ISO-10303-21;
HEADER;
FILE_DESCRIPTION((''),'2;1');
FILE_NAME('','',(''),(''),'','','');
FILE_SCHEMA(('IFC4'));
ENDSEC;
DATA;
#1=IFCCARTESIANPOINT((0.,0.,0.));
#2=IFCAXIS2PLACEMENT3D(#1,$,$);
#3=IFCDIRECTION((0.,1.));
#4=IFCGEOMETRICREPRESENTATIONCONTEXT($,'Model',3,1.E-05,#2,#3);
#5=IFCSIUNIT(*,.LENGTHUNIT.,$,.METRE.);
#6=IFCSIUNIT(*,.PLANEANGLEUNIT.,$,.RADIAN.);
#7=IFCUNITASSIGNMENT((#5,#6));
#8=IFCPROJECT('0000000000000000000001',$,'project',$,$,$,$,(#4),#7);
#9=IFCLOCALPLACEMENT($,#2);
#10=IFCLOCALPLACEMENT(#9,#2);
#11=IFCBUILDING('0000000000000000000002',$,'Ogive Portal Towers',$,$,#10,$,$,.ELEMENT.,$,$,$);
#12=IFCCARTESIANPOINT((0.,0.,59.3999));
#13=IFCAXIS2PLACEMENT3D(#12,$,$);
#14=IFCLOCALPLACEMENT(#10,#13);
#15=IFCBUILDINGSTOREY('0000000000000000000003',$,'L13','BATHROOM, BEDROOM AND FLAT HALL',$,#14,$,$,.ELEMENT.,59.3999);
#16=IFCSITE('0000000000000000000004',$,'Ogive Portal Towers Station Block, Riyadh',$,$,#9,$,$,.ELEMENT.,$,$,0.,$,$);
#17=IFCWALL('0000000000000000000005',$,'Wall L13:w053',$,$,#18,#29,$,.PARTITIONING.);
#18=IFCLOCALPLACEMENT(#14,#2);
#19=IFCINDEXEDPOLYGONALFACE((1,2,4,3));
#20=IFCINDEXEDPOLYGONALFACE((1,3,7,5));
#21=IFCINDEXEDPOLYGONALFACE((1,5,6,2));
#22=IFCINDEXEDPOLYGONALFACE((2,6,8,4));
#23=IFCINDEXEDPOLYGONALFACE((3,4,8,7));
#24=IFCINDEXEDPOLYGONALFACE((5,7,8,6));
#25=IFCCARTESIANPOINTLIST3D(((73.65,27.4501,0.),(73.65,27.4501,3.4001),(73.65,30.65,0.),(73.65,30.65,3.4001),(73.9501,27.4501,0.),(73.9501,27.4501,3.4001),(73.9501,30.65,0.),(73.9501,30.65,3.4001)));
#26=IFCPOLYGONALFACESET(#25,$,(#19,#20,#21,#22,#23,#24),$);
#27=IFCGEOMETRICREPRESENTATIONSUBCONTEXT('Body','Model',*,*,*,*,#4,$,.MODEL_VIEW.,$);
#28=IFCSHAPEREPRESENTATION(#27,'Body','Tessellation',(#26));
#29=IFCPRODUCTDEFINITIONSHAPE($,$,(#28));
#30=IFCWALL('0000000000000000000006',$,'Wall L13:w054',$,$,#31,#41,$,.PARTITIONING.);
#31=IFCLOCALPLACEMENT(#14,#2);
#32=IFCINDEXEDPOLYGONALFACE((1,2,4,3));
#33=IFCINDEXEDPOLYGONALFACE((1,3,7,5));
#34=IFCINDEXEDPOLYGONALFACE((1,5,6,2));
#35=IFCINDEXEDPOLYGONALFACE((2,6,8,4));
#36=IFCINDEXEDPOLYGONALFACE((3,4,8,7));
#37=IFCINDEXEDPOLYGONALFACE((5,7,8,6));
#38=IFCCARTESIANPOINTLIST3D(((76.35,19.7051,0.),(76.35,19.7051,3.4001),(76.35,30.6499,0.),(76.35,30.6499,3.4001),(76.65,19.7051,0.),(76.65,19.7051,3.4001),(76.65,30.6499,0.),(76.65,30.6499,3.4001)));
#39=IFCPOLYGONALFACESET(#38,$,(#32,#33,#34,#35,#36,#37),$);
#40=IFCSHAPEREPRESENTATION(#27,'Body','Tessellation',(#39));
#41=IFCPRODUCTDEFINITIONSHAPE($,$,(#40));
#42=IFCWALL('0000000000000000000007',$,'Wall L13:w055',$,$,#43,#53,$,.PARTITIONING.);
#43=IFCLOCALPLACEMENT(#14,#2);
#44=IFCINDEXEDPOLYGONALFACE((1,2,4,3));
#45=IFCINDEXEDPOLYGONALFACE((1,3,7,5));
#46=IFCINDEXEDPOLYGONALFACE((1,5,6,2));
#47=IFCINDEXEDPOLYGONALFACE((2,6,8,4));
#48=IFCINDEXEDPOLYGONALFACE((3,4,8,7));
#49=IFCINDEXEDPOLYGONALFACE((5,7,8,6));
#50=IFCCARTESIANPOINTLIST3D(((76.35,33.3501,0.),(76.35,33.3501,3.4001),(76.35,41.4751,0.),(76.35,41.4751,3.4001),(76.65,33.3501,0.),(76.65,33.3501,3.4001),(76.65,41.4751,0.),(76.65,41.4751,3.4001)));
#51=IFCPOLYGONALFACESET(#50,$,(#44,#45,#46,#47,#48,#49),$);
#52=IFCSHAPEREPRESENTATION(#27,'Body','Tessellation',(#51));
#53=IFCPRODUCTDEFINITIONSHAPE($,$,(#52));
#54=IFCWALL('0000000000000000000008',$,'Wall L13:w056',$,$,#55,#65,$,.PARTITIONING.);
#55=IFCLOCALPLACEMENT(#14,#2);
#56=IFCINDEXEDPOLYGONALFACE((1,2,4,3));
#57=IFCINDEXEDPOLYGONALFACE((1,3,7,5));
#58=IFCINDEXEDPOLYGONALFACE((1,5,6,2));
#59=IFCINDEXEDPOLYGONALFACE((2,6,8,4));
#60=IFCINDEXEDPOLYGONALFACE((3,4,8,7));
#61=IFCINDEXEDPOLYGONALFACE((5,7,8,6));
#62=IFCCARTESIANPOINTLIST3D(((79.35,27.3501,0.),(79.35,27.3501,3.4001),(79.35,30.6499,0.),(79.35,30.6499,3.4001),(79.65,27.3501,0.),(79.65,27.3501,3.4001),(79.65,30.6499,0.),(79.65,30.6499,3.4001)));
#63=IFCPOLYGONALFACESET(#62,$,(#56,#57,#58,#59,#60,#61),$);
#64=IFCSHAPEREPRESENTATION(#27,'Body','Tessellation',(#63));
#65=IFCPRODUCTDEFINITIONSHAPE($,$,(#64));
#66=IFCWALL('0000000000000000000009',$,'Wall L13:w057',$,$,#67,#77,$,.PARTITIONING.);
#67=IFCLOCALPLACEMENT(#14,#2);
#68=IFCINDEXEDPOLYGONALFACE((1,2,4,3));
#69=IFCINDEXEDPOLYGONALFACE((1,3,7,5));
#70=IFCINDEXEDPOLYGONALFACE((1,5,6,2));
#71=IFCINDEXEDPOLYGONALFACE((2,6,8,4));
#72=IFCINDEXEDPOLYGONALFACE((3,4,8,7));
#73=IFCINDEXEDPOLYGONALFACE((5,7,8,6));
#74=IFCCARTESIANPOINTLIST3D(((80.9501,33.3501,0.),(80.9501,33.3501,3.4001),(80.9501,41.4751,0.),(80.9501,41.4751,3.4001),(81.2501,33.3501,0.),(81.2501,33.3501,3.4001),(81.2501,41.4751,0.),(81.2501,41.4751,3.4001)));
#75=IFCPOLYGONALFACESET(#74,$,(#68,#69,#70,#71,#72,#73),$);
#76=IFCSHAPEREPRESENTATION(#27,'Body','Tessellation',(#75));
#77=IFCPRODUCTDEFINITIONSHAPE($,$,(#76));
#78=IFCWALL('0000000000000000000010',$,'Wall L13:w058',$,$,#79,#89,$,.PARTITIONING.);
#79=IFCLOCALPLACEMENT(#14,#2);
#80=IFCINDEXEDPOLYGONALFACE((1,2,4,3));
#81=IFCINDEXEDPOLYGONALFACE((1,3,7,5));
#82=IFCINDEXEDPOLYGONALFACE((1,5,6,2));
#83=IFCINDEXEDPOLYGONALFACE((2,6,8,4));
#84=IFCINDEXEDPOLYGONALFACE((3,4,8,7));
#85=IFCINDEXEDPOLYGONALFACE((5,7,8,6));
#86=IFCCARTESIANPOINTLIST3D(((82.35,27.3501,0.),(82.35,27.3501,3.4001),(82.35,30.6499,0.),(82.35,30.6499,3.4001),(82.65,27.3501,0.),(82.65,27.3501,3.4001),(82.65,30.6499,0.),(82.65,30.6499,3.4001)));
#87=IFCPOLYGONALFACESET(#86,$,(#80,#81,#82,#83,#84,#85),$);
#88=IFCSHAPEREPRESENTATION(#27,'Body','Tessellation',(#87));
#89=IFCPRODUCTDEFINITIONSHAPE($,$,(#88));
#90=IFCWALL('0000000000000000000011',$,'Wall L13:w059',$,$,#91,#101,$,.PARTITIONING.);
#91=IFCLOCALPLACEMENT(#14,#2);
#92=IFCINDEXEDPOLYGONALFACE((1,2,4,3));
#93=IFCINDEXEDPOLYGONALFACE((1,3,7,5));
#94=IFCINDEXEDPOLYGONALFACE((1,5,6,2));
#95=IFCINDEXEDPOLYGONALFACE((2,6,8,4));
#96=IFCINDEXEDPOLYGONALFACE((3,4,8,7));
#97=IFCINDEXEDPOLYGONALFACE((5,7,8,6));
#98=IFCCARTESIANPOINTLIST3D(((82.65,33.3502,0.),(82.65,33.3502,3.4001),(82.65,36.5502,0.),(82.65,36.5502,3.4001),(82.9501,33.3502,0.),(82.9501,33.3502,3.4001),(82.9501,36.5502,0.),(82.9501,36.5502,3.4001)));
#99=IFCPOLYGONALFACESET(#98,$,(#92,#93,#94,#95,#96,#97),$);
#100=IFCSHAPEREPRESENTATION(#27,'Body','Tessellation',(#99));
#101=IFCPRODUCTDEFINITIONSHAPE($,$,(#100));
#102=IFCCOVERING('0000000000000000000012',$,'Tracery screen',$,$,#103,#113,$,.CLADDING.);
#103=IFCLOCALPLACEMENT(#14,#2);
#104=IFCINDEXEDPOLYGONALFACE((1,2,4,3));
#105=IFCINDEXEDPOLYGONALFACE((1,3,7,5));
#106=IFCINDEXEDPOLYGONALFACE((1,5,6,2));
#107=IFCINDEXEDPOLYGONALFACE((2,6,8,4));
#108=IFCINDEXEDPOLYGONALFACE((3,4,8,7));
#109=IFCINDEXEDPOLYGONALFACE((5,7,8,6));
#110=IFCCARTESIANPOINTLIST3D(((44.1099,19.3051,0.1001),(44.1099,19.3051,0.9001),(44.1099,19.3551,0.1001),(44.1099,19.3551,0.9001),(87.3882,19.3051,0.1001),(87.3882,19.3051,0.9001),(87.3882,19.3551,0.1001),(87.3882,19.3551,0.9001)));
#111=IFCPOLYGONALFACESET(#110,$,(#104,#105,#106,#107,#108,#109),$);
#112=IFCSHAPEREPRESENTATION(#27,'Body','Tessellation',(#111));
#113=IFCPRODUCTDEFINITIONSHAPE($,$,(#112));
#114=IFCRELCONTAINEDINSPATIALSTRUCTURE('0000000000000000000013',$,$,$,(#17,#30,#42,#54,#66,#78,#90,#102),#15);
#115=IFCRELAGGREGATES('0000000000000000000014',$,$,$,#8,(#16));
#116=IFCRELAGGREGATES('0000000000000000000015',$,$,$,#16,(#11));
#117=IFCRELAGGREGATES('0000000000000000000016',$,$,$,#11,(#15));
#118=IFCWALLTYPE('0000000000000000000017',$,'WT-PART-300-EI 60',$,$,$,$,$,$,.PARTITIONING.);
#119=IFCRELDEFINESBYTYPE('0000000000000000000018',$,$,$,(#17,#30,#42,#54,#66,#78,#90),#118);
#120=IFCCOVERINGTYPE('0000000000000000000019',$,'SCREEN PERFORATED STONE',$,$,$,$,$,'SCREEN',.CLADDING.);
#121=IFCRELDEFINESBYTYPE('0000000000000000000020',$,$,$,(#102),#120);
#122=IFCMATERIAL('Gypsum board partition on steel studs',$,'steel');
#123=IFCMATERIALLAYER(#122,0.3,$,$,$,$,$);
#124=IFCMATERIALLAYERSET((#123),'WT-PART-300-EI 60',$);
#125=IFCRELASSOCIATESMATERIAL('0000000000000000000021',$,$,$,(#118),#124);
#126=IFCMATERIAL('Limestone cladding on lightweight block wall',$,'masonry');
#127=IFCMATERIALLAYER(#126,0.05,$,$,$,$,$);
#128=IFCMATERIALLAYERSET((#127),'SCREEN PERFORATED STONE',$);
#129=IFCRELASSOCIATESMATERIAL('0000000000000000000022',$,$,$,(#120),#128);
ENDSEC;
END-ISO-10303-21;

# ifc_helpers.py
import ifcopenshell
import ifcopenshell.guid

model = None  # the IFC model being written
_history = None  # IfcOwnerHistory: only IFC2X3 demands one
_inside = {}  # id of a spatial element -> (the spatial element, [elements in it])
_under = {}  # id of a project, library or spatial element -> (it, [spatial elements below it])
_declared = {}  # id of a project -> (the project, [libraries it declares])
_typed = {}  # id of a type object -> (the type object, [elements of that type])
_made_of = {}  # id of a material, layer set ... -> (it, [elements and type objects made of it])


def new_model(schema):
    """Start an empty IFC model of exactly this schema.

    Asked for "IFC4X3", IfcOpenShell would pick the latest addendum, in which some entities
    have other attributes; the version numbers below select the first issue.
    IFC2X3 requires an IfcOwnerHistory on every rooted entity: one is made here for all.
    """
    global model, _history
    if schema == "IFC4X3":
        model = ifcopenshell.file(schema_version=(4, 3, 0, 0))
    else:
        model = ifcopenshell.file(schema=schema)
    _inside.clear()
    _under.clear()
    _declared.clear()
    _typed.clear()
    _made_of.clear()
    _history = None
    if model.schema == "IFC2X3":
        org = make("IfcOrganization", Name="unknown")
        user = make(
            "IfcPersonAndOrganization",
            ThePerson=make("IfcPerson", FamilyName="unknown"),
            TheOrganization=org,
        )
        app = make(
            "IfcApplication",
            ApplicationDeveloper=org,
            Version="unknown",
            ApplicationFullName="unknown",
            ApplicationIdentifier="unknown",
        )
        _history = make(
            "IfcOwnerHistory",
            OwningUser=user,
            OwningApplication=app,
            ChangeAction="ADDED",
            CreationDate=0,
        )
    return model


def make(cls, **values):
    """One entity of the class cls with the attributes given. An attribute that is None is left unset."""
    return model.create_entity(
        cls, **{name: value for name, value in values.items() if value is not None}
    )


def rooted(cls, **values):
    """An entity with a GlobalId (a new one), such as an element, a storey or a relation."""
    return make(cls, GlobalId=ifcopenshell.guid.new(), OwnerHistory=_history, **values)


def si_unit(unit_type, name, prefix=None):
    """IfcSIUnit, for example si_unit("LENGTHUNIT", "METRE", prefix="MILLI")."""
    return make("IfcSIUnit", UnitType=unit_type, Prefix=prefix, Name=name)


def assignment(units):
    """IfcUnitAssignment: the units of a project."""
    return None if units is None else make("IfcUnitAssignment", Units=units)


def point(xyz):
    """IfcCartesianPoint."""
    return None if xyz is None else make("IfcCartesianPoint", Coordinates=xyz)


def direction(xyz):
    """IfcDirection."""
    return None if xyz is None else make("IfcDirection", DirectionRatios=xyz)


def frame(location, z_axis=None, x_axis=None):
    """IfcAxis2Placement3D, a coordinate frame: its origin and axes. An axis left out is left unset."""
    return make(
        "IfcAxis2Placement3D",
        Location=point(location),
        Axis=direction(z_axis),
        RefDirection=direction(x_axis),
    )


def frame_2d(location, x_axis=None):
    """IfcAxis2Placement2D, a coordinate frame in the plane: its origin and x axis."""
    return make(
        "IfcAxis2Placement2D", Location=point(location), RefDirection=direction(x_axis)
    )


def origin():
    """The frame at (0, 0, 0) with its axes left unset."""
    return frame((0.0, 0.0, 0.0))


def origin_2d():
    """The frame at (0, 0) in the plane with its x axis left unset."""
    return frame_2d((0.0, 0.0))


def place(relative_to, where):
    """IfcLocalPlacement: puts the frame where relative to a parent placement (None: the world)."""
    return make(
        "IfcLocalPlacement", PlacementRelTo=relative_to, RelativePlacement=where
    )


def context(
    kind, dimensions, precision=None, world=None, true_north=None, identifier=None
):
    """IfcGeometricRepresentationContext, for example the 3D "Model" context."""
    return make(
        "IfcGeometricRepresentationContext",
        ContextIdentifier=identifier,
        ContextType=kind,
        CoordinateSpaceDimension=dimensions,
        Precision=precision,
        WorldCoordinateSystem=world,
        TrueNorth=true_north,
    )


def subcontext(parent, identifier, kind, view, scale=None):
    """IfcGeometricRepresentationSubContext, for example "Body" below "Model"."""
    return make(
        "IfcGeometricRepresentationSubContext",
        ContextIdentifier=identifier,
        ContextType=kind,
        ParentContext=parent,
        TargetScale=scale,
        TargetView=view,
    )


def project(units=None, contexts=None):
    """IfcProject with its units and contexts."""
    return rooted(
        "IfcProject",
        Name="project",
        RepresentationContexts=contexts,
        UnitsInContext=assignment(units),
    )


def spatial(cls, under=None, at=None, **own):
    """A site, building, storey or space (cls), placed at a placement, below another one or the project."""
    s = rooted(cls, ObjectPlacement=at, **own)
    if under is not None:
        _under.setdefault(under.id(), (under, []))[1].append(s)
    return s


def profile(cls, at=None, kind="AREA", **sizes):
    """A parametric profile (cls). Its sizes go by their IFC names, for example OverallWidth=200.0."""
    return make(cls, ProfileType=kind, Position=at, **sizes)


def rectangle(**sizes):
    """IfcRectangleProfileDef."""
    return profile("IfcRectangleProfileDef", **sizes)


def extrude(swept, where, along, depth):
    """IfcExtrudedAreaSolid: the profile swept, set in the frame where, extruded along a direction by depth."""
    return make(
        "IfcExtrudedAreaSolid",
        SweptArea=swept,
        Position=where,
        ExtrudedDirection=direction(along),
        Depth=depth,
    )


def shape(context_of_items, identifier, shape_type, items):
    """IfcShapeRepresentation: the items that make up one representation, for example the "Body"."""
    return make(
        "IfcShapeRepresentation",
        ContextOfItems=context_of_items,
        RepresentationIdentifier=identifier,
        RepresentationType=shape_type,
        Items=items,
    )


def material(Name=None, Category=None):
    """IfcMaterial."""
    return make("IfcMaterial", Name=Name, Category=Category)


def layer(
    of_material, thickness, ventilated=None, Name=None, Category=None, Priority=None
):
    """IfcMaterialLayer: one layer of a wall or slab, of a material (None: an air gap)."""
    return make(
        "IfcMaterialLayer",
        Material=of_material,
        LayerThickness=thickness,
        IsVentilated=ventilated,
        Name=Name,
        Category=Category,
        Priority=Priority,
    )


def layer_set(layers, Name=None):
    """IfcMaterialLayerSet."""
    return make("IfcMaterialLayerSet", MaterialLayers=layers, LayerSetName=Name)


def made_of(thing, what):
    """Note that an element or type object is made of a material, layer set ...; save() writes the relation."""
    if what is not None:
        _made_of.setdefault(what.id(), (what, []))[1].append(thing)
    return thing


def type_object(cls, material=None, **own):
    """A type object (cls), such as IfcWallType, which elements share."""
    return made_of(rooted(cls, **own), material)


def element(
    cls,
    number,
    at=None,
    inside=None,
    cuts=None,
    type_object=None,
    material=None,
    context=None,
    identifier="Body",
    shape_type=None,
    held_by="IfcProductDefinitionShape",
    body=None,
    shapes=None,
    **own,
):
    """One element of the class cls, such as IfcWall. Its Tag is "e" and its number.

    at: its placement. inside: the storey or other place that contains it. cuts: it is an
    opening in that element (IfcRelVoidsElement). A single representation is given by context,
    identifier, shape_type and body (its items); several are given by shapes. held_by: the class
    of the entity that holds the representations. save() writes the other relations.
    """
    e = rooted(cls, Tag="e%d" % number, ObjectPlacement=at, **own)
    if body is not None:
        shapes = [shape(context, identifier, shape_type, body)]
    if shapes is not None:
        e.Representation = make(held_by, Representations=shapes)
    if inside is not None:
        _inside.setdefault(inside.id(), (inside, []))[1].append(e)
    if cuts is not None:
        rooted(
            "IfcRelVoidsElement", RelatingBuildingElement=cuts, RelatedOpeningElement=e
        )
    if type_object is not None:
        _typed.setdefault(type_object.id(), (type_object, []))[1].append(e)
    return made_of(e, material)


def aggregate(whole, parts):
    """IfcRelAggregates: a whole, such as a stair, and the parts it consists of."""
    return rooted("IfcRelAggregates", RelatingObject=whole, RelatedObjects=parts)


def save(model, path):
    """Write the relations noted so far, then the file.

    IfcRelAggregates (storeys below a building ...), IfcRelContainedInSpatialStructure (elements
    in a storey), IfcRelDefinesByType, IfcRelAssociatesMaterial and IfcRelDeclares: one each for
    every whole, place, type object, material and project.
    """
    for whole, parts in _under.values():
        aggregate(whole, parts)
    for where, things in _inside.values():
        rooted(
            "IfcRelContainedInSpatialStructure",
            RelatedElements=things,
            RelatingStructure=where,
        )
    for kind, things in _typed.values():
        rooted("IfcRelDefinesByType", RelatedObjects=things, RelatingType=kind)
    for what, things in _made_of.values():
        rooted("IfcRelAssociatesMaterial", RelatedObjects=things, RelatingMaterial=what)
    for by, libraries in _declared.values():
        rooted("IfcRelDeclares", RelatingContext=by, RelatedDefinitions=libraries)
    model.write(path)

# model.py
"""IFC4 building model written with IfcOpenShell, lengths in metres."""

from ifc_helpers import new_model, si_unit, direction, frame, frame_2d, origin, origin_2d, place, context, subcontext, project, spatial, rectangle, extrude, material, layer, layer_set, type_object, element, save


model = new_model("IFC4")

# Units and contexts
model_context = context("Model", 3, precision=1e-05, world=origin(), true_north=direction((0.0, 1.0)))
body_context = subcontext(model_context, "Body", "Model", "MODEL_VIEW")
ifc_project = project(units=[si_unit("LENGTHUNIT", "METRE"), si_unit("PLANEANGLEUNIT", "RADIAN")], contexts=[model_context])

# Site, building, storey
site_placement = place(None, origin())
site = spatial("IfcSite", under=ifc_project, at=site_placement, Name="Ogive Portal Towers Station Block, Riyadh", CompositionType="ELEMENT", RefElevation=0.0)
building_placement = place(site_placement, origin())
building = spatial("IfcBuilding", under=site, at=building_placement, Name="Ogive Portal Towers", CompositionType="ELEMENT")
storey_placement = place(building_placement, frame((0.0, 0.0, 59.3999)))
storey = spatial("IfcBuildingStorey", under=building, at=storey_placement, Name="L13", Description="BATHROOM, BEDROOM AND FLAT HALL", CompositionType="ELEMENT", Elevation=59.3999)

# Shared definitions
ifc_material_1 = material(Name="Gypsum board partition on steel studs", Category="steel")
ifc_layer_1 = layer(ifc_material_1, 0.3)
ifc_layer_set_1 = layer_set([ifc_layer_1], Name="WT-PART-300-EI 60")
wall_type = type_object("IfcWallType", Name="WT-PART-300-EI 60", PredefinedType="PARTITIONING", material=ifc_layer_set_1)

# Walls
wall_1_placement = place(storey_placement, frame((73.8, 27.45, 0.0), z_axis=(0.0, 0.0, 1.0), x_axis=(0.0, 1.0, 0.0)))
element("IfcWall", 1, at=wall_1_placement, inside=storey, type_object=wall_type, Name="Wall L13:w053", PredefinedType="PARTITIONING", context=body_context, shape_type="SweptSolid", body=[
    extrude(rectangle(XDim=3.2, YDim=0.3, at=frame_2d((1.6001, 0.0))), origin(), (0.0, 0.0, 1.0), 3.4001),
])
wall_2_placement = place(storey_placement, frame((76.5, 19.7051, 0.0), z_axis=(0.0, 0.0, 1.0), x_axis=(0.0, 1.0, 0.0)))
element("IfcWall", 2, at=wall_2_placement, inside=storey, type_object=wall_type, Name="Wall L13:w054", PredefinedType="PARTITIONING", context=body_context, shape_type="SweptSolid", body=[
    extrude(rectangle(XDim=10.9448, YDim=0.3, at=frame_2d((5.4724, 0.0))), origin(), (0.0, 0.0, 1.0), 3.4001),
])
wall_3_placement = place(storey_placement, frame((76.5, 33.3501, 0.0), z_axis=(0.0, 0.0, 1.0), x_axis=(0.0, 1.0, 0.0)))
element("IfcWall", 3, at=wall_3_placement, inside=storey, type_object=wall_type, Name="Wall L13:w055", PredefinedType="PARTITIONING", context=body_context, shape_type="SweptSolid", body=[
    extrude(rectangle(XDim=8.125, YDim=0.3, at=frame_2d((4.0625, 0.0))), origin(), (0.0, 0.0, 1.0), 3.4001),
])
wall_4_placement = place(storey_placement, frame((79.5, 27.3501, 0.0), z_axis=(0.0, 0.0, 1.0), x_axis=(0.0, 1.0, 0.0)))
element("IfcWall", 4, at=wall_4_placement, inside=storey, type_object=wall_type, Name="Wall L13:w056", PredefinedType="PARTITIONING", context=body_context, shape_type="SweptSolid", body=[
    extrude(rectangle(XDim=3.2998, YDim=0.3, at=frame_2d((1.6499, 0.0))), origin(), (0.0, 0.0, 1.0), 3.4001),
])
wall_5_placement = place(storey_placement, frame((81.1001, 33.3501, 0.0), z_axis=(0.0, 0.0, 1.0), x_axis=(0.0, 1.0, 0.0)))
element("IfcWall", 5, at=wall_5_placement, inside=storey, type_object=wall_type, Name="Wall L13:w057", PredefinedType="PARTITIONING", context=body_context, shape_type="SweptSolid", body=[
    extrude(rectangle(XDim=8.125, YDim=0.3, at=frame_2d((4.0625, 0.0))), origin(), (0.0, 0.0, 1.0), 3.4001),
])
wall_6_placement = place(storey_placement, frame((82.5, 27.3501, 0.0), z_axis=(0.0, 0.0, 1.0), x_axis=(0.0, 1.0, 0.0)))
element("IfcWall", 6, at=wall_6_placement, inside=storey, type_object=wall_type, Name="Wall L13:w058", PredefinedType="PARTITIONING", context=body_context, shape_type="SweptSolid", body=[
    extrude(rectangle(XDim=3.2998, YDim=0.3, at=frame_2d((1.6499, 0.0))), origin(), (0.0, 0.0, 1.0), 3.4001),
])
wall_7_placement = place(storey_placement, frame((82.8, 33.3501, 0.0), z_axis=(0.0, 0.0, 1.0), x_axis=(0.0, 1.0, 0.0)))
element("IfcWall", 7, at=wall_7_placement, inside=storey, type_object=wall_type, Name="Wall L13:w059", PredefinedType="PARTITIONING", context=body_context, shape_type="SweptSolid", body=[
    extrude(rectangle(XDim=3.2, YDim=0.3, at=frame_2d((1.6001, 0.0))), origin(), (0.0, 0.0, 1.0), 3.4001),
])

# Covering
ifc_material_2 = material(Name="Limestone cladding on lightweight block wall", Category="masonry")
ifc_layer_2 = layer(ifc_material_2, 0.05)
ifc_layer_set_2 = layer_set([ifc_layer_2], Name="SCREEN PERFORATED STONE")
covering_type = type_object("IfcCoveringType", Name="SCREEN PERFORATED STONE", ElementType="SCREEN", PredefinedType="CLADDING", material=ifc_layer_set_2)
covering_placement = place(storey_placement, frame((65.749, 19.3301, 0.1001), z_axis=(0.0, 0.0, 1.0), x_axis=(1.0, 0.0, 0.0)))
element("IfcCovering", 8, at=covering_placement, inside=storey, type_object=covering_type, Name="Tracery screen", PredefinedType="CLADDING", context=body_context, shape_type="SweptSolid", body=[
    extrude(rectangle(XDim=43.2783, YDim=0.05, at=origin_2d()), origin(), (0.0, 0.0, 1.0), 0.8),
])

save(model, "model.ifc")
